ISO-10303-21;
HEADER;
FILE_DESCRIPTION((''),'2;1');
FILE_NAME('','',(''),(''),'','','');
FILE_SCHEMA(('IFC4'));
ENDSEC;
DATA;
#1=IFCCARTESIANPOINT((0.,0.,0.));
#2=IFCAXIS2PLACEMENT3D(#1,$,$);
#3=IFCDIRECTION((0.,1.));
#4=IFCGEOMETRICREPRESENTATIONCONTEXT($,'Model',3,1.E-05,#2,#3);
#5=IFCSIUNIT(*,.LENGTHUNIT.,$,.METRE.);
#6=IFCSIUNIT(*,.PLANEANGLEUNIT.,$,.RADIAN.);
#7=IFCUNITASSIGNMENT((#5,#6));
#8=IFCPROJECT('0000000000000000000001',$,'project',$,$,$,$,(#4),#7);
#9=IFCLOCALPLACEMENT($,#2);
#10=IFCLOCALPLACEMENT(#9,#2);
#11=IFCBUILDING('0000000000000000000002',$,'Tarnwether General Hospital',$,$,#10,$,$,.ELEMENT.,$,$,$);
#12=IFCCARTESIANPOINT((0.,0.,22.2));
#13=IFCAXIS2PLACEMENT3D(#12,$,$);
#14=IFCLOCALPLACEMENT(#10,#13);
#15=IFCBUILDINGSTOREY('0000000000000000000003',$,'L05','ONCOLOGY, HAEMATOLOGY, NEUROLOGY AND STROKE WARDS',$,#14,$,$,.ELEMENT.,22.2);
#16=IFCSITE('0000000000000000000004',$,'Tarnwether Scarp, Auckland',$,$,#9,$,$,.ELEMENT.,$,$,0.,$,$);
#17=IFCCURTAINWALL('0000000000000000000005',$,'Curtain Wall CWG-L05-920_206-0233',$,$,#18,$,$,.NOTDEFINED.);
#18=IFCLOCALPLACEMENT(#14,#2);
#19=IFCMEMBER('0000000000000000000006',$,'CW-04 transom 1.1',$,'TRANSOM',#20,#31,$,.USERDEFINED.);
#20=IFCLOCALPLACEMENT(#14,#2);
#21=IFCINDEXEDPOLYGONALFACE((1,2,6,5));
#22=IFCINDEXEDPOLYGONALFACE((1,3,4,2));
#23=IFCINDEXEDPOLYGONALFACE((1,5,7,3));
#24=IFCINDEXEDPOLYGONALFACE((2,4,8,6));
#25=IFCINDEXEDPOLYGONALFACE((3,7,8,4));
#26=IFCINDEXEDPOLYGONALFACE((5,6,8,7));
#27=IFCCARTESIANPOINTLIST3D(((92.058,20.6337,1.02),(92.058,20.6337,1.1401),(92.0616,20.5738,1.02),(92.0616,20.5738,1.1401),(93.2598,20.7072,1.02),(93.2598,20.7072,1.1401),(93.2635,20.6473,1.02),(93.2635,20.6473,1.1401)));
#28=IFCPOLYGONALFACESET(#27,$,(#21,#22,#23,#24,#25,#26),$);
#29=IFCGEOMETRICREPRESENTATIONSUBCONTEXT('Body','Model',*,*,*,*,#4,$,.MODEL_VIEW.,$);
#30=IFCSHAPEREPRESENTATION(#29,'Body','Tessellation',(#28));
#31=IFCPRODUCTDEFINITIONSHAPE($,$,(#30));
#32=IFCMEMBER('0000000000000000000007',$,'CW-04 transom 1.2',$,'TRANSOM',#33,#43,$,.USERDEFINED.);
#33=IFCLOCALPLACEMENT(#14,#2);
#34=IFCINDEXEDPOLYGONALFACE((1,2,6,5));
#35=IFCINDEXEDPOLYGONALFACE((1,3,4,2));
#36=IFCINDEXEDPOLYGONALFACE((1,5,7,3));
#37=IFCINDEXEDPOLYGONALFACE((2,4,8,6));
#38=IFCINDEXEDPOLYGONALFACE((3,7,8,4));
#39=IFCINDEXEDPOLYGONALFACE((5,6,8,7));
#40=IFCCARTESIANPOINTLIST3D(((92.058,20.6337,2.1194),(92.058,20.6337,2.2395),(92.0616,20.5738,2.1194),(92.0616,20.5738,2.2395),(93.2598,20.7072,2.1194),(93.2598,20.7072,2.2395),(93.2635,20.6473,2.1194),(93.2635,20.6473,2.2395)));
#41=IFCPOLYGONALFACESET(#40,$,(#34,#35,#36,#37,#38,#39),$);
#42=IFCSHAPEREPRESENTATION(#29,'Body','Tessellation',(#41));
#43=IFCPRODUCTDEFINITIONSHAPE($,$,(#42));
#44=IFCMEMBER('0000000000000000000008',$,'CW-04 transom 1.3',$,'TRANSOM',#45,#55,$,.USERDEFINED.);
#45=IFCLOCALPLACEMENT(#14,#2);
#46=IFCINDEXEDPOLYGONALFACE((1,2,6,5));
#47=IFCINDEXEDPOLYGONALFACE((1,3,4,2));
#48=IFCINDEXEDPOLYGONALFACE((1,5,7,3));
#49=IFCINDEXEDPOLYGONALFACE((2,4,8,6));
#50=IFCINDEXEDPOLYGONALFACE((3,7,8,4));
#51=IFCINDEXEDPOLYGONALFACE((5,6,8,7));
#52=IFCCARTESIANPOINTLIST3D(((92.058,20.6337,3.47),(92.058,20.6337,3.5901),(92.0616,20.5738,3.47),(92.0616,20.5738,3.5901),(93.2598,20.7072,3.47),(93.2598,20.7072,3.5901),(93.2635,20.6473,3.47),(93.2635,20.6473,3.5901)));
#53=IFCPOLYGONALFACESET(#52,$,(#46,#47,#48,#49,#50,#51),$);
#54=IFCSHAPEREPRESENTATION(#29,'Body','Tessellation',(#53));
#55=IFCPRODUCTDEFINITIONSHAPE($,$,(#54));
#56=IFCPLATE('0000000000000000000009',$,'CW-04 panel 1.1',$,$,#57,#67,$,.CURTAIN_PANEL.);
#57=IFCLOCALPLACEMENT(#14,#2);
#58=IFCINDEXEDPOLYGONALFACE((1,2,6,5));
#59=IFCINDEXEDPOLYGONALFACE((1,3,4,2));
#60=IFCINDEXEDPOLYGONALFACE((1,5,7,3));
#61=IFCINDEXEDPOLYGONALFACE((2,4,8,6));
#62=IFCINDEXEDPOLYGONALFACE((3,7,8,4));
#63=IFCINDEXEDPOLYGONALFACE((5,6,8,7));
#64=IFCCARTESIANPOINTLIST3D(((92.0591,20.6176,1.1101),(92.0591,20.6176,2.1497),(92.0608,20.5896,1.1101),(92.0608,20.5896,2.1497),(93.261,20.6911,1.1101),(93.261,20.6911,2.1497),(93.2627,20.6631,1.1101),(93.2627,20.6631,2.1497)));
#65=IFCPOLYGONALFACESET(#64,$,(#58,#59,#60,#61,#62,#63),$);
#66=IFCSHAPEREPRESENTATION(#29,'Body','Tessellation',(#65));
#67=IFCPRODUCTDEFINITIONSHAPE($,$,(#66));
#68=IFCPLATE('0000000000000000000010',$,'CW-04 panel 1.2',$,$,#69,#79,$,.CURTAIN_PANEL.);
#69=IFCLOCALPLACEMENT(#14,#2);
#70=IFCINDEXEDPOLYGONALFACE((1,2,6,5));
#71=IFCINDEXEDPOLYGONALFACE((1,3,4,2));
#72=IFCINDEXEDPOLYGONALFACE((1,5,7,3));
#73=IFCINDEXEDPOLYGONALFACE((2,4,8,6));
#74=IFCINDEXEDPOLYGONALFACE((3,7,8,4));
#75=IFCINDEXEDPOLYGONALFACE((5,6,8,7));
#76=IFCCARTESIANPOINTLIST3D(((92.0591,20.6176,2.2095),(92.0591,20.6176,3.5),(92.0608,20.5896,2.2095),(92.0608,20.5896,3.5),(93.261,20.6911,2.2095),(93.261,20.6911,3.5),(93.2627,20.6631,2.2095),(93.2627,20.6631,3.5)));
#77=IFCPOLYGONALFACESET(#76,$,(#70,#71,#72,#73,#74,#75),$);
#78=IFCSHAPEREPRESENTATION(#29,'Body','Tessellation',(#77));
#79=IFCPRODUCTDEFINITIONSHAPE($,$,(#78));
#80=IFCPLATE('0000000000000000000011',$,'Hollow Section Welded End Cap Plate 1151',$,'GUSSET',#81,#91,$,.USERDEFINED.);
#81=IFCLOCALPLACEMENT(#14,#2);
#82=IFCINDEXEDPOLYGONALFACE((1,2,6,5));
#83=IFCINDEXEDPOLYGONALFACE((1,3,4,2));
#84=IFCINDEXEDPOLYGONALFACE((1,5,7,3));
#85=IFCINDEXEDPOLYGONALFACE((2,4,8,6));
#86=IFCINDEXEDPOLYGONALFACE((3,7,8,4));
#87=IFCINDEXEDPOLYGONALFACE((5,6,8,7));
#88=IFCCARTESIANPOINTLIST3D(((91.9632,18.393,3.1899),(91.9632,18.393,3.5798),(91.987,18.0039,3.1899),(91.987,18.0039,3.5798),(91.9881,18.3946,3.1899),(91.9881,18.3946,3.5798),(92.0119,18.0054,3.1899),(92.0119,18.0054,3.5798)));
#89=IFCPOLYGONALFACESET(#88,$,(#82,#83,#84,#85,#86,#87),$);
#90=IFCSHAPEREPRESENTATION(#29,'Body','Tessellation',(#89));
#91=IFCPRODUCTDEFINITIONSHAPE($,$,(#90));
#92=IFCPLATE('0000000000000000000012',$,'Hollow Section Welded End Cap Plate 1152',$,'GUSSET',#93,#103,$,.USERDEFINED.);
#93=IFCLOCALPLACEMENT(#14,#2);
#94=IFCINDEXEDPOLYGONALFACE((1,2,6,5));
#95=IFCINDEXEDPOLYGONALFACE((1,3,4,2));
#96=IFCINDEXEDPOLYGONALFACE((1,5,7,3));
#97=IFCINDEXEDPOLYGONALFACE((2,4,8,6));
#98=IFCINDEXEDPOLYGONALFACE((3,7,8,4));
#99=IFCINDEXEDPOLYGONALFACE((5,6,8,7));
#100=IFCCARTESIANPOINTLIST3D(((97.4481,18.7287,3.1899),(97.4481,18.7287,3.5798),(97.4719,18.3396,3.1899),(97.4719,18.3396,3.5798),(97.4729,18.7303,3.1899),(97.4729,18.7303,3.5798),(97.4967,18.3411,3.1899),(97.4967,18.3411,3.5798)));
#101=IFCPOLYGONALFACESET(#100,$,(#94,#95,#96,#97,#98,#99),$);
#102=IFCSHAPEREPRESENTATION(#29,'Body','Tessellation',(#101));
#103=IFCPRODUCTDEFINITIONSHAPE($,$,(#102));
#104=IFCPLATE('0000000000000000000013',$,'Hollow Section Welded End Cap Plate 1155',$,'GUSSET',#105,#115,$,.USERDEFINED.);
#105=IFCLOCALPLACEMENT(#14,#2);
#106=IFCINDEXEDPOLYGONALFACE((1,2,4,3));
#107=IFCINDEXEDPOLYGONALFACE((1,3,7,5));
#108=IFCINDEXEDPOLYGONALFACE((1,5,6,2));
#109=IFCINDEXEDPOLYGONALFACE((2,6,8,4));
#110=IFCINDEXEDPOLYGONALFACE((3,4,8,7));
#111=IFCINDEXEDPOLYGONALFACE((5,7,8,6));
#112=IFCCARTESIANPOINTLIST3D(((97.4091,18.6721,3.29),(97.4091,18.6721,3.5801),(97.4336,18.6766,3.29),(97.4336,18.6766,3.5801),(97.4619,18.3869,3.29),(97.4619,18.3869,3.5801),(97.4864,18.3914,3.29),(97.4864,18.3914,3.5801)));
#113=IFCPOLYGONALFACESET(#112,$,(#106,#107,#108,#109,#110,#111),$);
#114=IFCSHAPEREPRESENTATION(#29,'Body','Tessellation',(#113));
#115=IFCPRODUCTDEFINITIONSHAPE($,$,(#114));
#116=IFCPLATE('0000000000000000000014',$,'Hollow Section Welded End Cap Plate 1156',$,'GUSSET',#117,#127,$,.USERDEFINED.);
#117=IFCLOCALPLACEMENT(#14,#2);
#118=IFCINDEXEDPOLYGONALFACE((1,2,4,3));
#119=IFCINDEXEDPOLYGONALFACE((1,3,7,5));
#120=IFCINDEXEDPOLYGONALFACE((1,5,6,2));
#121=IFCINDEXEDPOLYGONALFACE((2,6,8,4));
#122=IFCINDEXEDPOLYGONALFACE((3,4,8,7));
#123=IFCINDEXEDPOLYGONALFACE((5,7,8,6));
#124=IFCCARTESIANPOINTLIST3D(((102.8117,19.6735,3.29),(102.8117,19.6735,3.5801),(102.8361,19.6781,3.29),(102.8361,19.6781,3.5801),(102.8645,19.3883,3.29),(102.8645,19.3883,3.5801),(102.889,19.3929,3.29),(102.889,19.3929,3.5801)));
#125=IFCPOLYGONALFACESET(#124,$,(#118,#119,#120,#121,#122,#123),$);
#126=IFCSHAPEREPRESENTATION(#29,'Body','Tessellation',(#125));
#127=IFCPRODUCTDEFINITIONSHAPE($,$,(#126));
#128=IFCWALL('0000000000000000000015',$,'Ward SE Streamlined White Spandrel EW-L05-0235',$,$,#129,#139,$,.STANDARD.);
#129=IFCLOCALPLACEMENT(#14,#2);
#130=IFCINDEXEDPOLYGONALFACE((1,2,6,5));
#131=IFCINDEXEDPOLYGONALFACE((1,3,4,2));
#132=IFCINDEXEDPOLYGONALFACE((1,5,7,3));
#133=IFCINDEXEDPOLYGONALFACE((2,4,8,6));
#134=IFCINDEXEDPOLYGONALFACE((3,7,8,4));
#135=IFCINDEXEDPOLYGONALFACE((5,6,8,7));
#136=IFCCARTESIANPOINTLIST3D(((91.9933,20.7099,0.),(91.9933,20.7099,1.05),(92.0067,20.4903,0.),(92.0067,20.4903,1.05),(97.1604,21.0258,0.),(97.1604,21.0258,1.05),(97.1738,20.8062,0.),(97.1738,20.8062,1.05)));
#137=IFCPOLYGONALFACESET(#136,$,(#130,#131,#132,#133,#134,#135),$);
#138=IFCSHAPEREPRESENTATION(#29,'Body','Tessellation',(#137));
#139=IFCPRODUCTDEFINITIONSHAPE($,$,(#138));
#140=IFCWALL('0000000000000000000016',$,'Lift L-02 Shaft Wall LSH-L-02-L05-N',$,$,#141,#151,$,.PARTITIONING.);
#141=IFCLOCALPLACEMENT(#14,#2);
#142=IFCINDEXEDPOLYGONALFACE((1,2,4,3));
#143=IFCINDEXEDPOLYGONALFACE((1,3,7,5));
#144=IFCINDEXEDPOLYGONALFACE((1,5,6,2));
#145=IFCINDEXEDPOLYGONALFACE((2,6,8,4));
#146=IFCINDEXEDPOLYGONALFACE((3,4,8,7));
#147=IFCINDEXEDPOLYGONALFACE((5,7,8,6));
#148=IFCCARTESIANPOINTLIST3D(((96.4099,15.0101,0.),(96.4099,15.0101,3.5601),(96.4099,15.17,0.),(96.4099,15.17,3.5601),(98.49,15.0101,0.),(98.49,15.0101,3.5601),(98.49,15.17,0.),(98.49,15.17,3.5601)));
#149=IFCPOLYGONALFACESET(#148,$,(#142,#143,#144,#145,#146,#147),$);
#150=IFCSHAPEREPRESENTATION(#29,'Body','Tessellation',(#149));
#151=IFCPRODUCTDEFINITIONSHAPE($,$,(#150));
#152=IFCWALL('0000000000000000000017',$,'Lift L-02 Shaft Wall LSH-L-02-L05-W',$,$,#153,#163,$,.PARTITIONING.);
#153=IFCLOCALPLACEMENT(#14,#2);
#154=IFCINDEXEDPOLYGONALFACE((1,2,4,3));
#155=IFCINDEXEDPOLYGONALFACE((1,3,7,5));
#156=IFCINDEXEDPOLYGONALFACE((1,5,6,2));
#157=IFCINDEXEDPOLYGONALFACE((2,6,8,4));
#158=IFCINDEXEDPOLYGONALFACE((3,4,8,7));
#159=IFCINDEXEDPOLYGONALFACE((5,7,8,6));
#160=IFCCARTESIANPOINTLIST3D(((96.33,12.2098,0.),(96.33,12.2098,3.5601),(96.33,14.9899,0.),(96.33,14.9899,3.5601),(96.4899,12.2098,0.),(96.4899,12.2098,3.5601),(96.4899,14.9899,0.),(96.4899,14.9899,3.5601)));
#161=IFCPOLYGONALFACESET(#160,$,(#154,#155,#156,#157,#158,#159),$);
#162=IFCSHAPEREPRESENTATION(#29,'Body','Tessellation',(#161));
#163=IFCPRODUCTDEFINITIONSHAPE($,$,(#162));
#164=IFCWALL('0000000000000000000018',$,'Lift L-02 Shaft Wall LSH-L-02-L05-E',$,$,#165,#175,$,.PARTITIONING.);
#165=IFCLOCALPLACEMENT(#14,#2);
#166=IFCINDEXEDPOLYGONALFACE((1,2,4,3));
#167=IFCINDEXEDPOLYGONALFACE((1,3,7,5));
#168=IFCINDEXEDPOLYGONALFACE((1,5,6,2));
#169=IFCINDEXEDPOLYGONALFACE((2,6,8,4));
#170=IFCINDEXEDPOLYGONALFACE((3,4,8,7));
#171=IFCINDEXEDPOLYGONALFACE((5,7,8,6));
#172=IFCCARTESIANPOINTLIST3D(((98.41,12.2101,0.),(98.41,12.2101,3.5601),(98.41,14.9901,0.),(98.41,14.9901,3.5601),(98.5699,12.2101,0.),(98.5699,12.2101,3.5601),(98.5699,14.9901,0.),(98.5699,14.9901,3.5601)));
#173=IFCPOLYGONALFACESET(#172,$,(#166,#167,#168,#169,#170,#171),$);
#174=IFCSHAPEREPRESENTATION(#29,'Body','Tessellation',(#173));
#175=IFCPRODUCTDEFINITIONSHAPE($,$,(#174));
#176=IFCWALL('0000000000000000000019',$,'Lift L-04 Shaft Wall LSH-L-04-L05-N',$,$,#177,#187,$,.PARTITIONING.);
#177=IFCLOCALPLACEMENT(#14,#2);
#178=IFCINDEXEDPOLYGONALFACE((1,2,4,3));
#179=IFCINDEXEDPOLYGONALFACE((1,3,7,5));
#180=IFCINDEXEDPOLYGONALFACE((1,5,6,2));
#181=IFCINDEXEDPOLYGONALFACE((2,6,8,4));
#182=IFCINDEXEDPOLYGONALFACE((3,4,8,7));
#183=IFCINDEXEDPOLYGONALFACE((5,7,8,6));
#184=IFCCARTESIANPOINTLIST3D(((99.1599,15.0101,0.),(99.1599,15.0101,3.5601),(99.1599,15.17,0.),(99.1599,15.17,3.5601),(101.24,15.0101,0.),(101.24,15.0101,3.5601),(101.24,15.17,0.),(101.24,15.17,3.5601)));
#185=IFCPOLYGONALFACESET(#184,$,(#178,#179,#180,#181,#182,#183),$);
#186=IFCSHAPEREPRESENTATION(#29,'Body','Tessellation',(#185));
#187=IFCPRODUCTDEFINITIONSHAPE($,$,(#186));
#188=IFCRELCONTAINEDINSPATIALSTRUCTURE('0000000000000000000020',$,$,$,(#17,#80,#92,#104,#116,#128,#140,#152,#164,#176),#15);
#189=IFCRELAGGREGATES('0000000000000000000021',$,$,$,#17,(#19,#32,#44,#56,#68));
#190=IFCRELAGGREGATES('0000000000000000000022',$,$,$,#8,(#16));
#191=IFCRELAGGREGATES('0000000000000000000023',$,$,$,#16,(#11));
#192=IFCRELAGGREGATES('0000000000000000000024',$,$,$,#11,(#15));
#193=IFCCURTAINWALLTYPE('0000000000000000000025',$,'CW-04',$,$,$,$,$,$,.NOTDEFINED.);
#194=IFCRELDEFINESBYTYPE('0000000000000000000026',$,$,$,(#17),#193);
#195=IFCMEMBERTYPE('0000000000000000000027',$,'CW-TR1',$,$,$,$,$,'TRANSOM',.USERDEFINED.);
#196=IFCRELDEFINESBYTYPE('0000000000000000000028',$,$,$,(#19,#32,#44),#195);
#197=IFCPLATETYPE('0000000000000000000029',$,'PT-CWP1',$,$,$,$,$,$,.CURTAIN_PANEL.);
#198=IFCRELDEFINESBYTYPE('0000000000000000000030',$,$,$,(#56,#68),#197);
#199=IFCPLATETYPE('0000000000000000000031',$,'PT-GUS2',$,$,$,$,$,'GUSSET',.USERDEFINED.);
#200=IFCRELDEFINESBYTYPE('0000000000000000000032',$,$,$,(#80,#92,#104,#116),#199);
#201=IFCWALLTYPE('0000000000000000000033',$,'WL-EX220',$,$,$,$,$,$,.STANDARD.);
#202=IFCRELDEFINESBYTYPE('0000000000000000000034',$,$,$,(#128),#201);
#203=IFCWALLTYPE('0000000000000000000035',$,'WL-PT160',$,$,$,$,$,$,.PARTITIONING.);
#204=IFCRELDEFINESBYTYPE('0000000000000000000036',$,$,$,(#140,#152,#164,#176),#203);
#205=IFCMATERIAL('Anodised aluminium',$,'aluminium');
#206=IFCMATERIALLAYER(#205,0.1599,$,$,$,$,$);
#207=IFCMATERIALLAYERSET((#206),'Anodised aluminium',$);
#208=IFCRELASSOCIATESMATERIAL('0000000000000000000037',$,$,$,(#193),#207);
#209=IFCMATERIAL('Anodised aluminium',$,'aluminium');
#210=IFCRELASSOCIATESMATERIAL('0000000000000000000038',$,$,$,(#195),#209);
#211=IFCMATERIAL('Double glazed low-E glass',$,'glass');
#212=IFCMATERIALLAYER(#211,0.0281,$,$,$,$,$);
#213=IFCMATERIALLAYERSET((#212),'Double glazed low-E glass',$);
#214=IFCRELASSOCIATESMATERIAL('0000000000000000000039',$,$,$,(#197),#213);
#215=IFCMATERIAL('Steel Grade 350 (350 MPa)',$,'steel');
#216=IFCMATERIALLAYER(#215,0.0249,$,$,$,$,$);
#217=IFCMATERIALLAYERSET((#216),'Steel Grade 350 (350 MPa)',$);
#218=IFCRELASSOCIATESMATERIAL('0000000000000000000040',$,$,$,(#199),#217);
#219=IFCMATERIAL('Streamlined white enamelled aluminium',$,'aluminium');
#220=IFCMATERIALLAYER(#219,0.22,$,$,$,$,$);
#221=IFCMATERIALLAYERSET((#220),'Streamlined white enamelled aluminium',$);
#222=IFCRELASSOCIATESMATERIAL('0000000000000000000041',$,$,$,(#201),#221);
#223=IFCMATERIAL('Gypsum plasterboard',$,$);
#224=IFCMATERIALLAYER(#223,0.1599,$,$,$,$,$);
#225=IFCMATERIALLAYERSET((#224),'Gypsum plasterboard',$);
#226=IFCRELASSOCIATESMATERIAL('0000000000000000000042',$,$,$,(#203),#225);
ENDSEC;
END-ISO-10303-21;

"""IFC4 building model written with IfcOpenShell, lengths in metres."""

from ifc_helpers import new_model, si_unit, direction, frame, frame_2d, origin, origin_2d, place, context, subcontext, project, spatial, rectangle, extrude, material, layer, layer_set, material_profile, profile_set, type_object, element, aggregate, save


model = new_model("IFC4")

# Units and contexts
model_context = context("Model", 3, precision=1e-05, world=origin(), true_north=direction((0.0, 1.0)))
body_context = subcontext(model_context, "Body", "Model", "MODEL_VIEW")
ifc_project = project(units=[si_unit("LENGTHUNIT", "METRE"), si_unit("PLANEANGLEUNIT", "RADIAN")], contexts=[model_context])

# Site, building, storey
site_placement = place(None, origin())
site = spatial("IfcSite", under=ifc_project, at=site_placement, Name="Tarnwether Scarp, Auckland", CompositionType="ELEMENT", RefElevation=0.0)
building_placement = place(site_placement, origin())
building = spatial("IfcBuilding", under=site, at=building_placement, Name="Tarnwether General Hospital", CompositionType="ELEMENT")
storey_placement = place(building_placement, frame((0.0, 0.0, 22.2)))
storey = spatial("IfcBuildingStorey", under=building, at=storey_placement, Name="L05", Description="ONCOLOGY, HAEMATOLOGY, NEUROLOGY AND STROKE WARDS", CompositionType="ELEMENT", Elevation=22.2)

# Curtain wall
ifc_material_1 = material(Name="Anodised aluminium", Category="aluminium")
ifc_layer_1 = layer(ifc_material_1, 0.1599)
ifc_layer_set_1 = layer_set([ifc_layer_1], Name="Anodised aluminium")
curtain_wall_type = type_object("IfcCurtainWallType", Name="CW-04", PredefinedType="NOTDEFINED", material=ifc_layer_set_1)
curtain_wall_1_placement = place(storey_placement, origin())
curtain_wall_1 = element("IfcCurtainWall", 1, at=curtain_wall_1_placement, inside=storey, type_object=curtain_wall_type, Name="Curtain Wall CWG-L05-920_206-0233", PredefinedType="NOTDEFINED")

# Members
ifc_material_2 = material(Name="Anodised aluminium", Category="aluminium")
ifc_material_profile_1 = material_profile(ifc_material_2, rectangle(XDim=0.0601, YDim=0.1201, at=origin_2d()), Name="ALU-TRN-60x120")
ifc_profile_set_1 = profile_set([ifc_material_profile_1], Name="Anodised aluminium")
member_type_1 = type_object("IfcMemberType", Name="CW-TR1", ElementType="TRANSOM", PredefinedType="USERDEFINED", material=ifc_profile_set_1)
member_1_placement = place(storey_placement, frame((92.0598, 20.6038, 1.0801), z_axis=(0.998136, 0.061028, 0.0), x_axis=(-0.061028, 0.998136, 0.0)))
member_1 = element("IfcMember", 2, at=member_1_placement, type_object=member_type_1, Name="CW-04 transom 1.1", ObjectType="TRANSOM", PredefinedType="USERDEFINED", context=body_context, shape_type="SweptSolid", body=[
    extrude(rectangle(XDim=0.0601, YDim=0.1201, at=origin_2d()), origin(), (0.0, 0.0, 1.0), 1.2041),
])
member_2_placement = place(storey_placement, frame((92.0598, 20.6038, 2.1794), z_axis=(0.998136, 0.061028, 0.0), x_axis=(-0.061028, 0.998136, 0.0)))
member_2 = element("IfcMember", 3, at=member_2_placement, type_object=member_type_1, Name="CW-04 transom 1.2", ObjectType="TRANSOM", PredefinedType="USERDEFINED", context=body_context, shape_type="SweptSolid", body=[
    extrude(rectangle(XDim=0.0601, YDim=0.1201, at=origin_2d()), origin(), (0.0, 0.0, 1.0), 1.2041),
])
member_3_placement = place(storey_placement, frame((92.0598, 20.6038, 3.53), z_axis=(0.998136, 0.061028, 0.0), x_axis=(-0.061028, 0.998136, 0.0)))
member_3 = element("IfcMember", 4, at=member_3_placement, type_object=member_type_1, Name="CW-04 transom 1.3", ObjectType="TRANSOM", PredefinedType="USERDEFINED", context=body_context, shape_type="SweptSolid", body=[
    extrude(rectangle(XDim=0.0601, YDim=0.1201, at=origin_2d()), origin(), (0.0, 0.0, 1.0), 1.2041),
])

# Plates
ifc_material_3 = material(Name="Double glazed low-E glass", Category="glass")
ifc_layer_2 = layer(ifc_material_3, 0.0281)
ifc_layer_set_2 = layer_set([ifc_layer_2], Name="Double glazed low-E glass")
plate_type_1 = type_object("IfcPlateType", Name="PT-CWP1", PredefinedType="CURTAIN_PANEL", material=ifc_layer_set_2)
plate_1_placement = place(storey_placement, frame((92.6609, 20.6404, 1.1101), z_axis=(0.0, 0.0, 1.0), x_axis=(0.998135, 0.061043, 0.0)))
plate_1 = element("IfcPlate", 5, at=plate_1_placement, type_object=plate_type_1, Name="CW-04 panel 1.1", PredefinedType="CURTAIN_PANEL", context=body_context, shape_type="SweptSolid", body=[
    extrude(rectangle(XDim=1.2041, YDim=0.0281, at=origin_2d()), origin(), (0.0, 0.0, 1.0), 1.0396),
])
plate_2_placement = place(storey_placement, frame((92.6609, 20.6404, 2.2095), z_axis=(0.0, 0.0, 1.0), x_axis=(0.998135, 0.061043, 0.0)))
plate_2 = element("IfcPlate", 6, at=plate_2_placement, type_object=plate_type_1, Name="CW-04 panel 1.2", PredefinedType="CURTAIN_PANEL", context=body_context, shape_type="SweptSolid", body=[
    extrude(rectangle(XDim=1.2041, YDim=0.0281, at=origin_2d()), origin(), (0.0, 0.0, 1.0), 1.2905),
])
aggregate(curtain_wall_1, [member_1, member_2, member_3, plate_1, plate_2])

# Plates
ifc_material_4 = material(Name="Steel Grade 350 (350 MPa)", Category="steel")
ifc_layer_3 = layer(ifc_material_4, 0.0249)
ifc_layer_set_3 = layer_set([ifc_layer_3], Name="Steel Grade 350 (350 MPa)")
plate_type_2 = type_object("IfcPlateType", Name="PT-GUS2", ElementType="GUSSET", PredefinedType="USERDEFINED", material=ifc_layer_set_3)
for number, where, z_axis, x_axis, name in (
    (7, (91.9875, 18.1992, 3.1899), (0.0, 0.0, 1.0), (0.998134, 0.061066, 0.0), "Hollow Section Welded End Cap Plate 1151"),
    (8, (97.4724, 18.5349, 3.1899), (0.0, 0.0, 1.0), (0.998134, 0.061066, 0.0), "Hollow Section Welded End Cap Plate 1152"),
):
    element("IfcPlate", number, at=place(storey_placement, frame(where, z_axis=z_axis, x_axis=x_axis)), inside=storey, type_object=plate_type_2, Name=name, ObjectType="GUSSET", PredefinedType="USERDEFINED", context=body_context, shape_type="SweptSolid", body=[
        extrude(rectangle(XDim=0.0249, YDim=0.3899, at=origin_2d()), origin(), (0.0, 0.0, 1.0), 0.3899),
    ])
for number, where, z_axis, x_axis, name in (
    (9, (97.4478, 18.5317, 3.29), (0.0, 0.0, 1.0), (0.983245, 0.182287, 0.0), "Hollow Section Welded End Cap Plate 1155"),
    (10, (102.8503, 19.5332, 3.29), (0.0, 0.0, 1.0), (0.983245, 0.182287, 0.0), "Hollow Section Welded End Cap Plate 1156"),
):
    element("IfcPlate", number, at=place(storey_placement, frame(where, z_axis=z_axis, x_axis=x_axis)), inside=storey, type_object=plate_type_2, Name=name, ObjectType="GUSSET", PredefinedType="USERDEFINED", context=body_context, shape_type="SweptSolid", body=[
        extrude(rectangle(XDim=0.0249, YDim=0.29, at=origin_2d()), origin(), (0.0, 0.0, 1.0), 0.29),
    ])

# Walls
ifc_material_5 = material(Name="Streamlined white enamelled aluminium", Category="aluminium")
ifc_layer_4 = layer(ifc_material_5, 0.22)
ifc_layer_set_4 = layer_set([ifc_layer_4], Name="Streamlined white enamelled aluminium")
wall_type_1 = type_object("IfcWallType", Name="WL-EX220", PredefinedType="STANDARD", material=ifc_layer_set_4)
wall_1_placement = place(storey_placement, frame((92.0, 20.6001, 0.0), z_axis=(0.0, 0.0, 1.0), x_axis=(0.998136, 0.061028, 0.0)))
element("IfcWall", 11, at=wall_1_placement, inside=storey, type_object=wall_type_1, Name="Ward SE Streamlined White Spandrel EW-L05-0235", PredefinedType="STANDARD", context=body_context, shape_type="SweptSolid", body=[
    extrude(rectangle(XDim=5.1768, YDim=0.22, at=frame_2d((2.5884, 0.0))), origin(), (0.0, 0.0, 1.0), 1.05),
])
ifc_material_6 = material(Name="Gypsum plasterboard")
ifc_layer_5 = layer(ifc_material_6, 0.1599)
ifc_layer_set_5 = layer_set([ifc_layer_5], Name="Gypsum plasterboard")
wall_type_2 = type_object("IfcWallType", Name="WL-PT160", PredefinedType="PARTITIONING", material=ifc_layer_set_5)
wall_2_placement = place(storey_placement, frame((98.49, 15.0901, 0.0), z_axis=(0.0, 0.0, 1.0), x_axis=(-1.0, 0.0, 0.0)))
element("IfcWall", 12, at=wall_2_placement, inside=storey, type_object=wall_type_2, Name="Lift L-02 Shaft Wall LSH-L-02-L05-N", PredefinedType="PARTITIONING", context=body_context, shape_type="SweptSolid", body=[
    extrude(rectangle(XDim=2.0801, YDim=0.1599, at=frame_2d((1.04, 0.0))), origin(), (0.0, 0.0, 1.0), 3.5601),
])
for number, where, z_axis, x_axis, name in (
    (13, (96.4099, 14.99, 0.0), (0.0, 0.0, 1.0), (0.0, -1.0, 0.0), "Lift L-02 Shaft Wall LSH-L-02-L05-W"),
    (14, (98.49, 12.21, 0.0), (0.0, 0.0, 1.0), (0.0, 1.0, 0.0), "Lift L-02 Shaft Wall LSH-L-02-L05-E"),
):
    element("IfcWall", number, at=place(storey_placement, frame(where, z_axis=z_axis, x_axis=x_axis)), inside=storey, type_object=wall_type_2, Name=name, PredefinedType="PARTITIONING", context=body_context, shape_type="SweptSolid", body=[
        extrude(rectangle(XDim=2.78, YDim=0.1599, at=frame_2d((1.3901, 0.0))), origin(), (0.0, 0.0, 1.0), 3.5601),
    ])
wall_3_placement = place(storey_placement, frame((101.24, 15.0901, 0.0), z_axis=(0.0, 0.0, 1.0), x_axis=(-1.0, 0.0, 0.0)))
element("IfcWall", 15, at=wall_3_placement, inside=storey, type_object=wall_type_2, Name="Lift L-04 Shaft Wall LSH-L-04-L05-N", PredefinedType="PARTITIONING", context=body_context, shape_type="SweptSolid", body=[
    extrude(rectangle(XDim=2.0801, YDim=0.1599, at=frame_2d((1.04, 0.0))), origin(), (0.0, 0.0, 1.0), 3.5601),
])

save(model, "model.ifc")
